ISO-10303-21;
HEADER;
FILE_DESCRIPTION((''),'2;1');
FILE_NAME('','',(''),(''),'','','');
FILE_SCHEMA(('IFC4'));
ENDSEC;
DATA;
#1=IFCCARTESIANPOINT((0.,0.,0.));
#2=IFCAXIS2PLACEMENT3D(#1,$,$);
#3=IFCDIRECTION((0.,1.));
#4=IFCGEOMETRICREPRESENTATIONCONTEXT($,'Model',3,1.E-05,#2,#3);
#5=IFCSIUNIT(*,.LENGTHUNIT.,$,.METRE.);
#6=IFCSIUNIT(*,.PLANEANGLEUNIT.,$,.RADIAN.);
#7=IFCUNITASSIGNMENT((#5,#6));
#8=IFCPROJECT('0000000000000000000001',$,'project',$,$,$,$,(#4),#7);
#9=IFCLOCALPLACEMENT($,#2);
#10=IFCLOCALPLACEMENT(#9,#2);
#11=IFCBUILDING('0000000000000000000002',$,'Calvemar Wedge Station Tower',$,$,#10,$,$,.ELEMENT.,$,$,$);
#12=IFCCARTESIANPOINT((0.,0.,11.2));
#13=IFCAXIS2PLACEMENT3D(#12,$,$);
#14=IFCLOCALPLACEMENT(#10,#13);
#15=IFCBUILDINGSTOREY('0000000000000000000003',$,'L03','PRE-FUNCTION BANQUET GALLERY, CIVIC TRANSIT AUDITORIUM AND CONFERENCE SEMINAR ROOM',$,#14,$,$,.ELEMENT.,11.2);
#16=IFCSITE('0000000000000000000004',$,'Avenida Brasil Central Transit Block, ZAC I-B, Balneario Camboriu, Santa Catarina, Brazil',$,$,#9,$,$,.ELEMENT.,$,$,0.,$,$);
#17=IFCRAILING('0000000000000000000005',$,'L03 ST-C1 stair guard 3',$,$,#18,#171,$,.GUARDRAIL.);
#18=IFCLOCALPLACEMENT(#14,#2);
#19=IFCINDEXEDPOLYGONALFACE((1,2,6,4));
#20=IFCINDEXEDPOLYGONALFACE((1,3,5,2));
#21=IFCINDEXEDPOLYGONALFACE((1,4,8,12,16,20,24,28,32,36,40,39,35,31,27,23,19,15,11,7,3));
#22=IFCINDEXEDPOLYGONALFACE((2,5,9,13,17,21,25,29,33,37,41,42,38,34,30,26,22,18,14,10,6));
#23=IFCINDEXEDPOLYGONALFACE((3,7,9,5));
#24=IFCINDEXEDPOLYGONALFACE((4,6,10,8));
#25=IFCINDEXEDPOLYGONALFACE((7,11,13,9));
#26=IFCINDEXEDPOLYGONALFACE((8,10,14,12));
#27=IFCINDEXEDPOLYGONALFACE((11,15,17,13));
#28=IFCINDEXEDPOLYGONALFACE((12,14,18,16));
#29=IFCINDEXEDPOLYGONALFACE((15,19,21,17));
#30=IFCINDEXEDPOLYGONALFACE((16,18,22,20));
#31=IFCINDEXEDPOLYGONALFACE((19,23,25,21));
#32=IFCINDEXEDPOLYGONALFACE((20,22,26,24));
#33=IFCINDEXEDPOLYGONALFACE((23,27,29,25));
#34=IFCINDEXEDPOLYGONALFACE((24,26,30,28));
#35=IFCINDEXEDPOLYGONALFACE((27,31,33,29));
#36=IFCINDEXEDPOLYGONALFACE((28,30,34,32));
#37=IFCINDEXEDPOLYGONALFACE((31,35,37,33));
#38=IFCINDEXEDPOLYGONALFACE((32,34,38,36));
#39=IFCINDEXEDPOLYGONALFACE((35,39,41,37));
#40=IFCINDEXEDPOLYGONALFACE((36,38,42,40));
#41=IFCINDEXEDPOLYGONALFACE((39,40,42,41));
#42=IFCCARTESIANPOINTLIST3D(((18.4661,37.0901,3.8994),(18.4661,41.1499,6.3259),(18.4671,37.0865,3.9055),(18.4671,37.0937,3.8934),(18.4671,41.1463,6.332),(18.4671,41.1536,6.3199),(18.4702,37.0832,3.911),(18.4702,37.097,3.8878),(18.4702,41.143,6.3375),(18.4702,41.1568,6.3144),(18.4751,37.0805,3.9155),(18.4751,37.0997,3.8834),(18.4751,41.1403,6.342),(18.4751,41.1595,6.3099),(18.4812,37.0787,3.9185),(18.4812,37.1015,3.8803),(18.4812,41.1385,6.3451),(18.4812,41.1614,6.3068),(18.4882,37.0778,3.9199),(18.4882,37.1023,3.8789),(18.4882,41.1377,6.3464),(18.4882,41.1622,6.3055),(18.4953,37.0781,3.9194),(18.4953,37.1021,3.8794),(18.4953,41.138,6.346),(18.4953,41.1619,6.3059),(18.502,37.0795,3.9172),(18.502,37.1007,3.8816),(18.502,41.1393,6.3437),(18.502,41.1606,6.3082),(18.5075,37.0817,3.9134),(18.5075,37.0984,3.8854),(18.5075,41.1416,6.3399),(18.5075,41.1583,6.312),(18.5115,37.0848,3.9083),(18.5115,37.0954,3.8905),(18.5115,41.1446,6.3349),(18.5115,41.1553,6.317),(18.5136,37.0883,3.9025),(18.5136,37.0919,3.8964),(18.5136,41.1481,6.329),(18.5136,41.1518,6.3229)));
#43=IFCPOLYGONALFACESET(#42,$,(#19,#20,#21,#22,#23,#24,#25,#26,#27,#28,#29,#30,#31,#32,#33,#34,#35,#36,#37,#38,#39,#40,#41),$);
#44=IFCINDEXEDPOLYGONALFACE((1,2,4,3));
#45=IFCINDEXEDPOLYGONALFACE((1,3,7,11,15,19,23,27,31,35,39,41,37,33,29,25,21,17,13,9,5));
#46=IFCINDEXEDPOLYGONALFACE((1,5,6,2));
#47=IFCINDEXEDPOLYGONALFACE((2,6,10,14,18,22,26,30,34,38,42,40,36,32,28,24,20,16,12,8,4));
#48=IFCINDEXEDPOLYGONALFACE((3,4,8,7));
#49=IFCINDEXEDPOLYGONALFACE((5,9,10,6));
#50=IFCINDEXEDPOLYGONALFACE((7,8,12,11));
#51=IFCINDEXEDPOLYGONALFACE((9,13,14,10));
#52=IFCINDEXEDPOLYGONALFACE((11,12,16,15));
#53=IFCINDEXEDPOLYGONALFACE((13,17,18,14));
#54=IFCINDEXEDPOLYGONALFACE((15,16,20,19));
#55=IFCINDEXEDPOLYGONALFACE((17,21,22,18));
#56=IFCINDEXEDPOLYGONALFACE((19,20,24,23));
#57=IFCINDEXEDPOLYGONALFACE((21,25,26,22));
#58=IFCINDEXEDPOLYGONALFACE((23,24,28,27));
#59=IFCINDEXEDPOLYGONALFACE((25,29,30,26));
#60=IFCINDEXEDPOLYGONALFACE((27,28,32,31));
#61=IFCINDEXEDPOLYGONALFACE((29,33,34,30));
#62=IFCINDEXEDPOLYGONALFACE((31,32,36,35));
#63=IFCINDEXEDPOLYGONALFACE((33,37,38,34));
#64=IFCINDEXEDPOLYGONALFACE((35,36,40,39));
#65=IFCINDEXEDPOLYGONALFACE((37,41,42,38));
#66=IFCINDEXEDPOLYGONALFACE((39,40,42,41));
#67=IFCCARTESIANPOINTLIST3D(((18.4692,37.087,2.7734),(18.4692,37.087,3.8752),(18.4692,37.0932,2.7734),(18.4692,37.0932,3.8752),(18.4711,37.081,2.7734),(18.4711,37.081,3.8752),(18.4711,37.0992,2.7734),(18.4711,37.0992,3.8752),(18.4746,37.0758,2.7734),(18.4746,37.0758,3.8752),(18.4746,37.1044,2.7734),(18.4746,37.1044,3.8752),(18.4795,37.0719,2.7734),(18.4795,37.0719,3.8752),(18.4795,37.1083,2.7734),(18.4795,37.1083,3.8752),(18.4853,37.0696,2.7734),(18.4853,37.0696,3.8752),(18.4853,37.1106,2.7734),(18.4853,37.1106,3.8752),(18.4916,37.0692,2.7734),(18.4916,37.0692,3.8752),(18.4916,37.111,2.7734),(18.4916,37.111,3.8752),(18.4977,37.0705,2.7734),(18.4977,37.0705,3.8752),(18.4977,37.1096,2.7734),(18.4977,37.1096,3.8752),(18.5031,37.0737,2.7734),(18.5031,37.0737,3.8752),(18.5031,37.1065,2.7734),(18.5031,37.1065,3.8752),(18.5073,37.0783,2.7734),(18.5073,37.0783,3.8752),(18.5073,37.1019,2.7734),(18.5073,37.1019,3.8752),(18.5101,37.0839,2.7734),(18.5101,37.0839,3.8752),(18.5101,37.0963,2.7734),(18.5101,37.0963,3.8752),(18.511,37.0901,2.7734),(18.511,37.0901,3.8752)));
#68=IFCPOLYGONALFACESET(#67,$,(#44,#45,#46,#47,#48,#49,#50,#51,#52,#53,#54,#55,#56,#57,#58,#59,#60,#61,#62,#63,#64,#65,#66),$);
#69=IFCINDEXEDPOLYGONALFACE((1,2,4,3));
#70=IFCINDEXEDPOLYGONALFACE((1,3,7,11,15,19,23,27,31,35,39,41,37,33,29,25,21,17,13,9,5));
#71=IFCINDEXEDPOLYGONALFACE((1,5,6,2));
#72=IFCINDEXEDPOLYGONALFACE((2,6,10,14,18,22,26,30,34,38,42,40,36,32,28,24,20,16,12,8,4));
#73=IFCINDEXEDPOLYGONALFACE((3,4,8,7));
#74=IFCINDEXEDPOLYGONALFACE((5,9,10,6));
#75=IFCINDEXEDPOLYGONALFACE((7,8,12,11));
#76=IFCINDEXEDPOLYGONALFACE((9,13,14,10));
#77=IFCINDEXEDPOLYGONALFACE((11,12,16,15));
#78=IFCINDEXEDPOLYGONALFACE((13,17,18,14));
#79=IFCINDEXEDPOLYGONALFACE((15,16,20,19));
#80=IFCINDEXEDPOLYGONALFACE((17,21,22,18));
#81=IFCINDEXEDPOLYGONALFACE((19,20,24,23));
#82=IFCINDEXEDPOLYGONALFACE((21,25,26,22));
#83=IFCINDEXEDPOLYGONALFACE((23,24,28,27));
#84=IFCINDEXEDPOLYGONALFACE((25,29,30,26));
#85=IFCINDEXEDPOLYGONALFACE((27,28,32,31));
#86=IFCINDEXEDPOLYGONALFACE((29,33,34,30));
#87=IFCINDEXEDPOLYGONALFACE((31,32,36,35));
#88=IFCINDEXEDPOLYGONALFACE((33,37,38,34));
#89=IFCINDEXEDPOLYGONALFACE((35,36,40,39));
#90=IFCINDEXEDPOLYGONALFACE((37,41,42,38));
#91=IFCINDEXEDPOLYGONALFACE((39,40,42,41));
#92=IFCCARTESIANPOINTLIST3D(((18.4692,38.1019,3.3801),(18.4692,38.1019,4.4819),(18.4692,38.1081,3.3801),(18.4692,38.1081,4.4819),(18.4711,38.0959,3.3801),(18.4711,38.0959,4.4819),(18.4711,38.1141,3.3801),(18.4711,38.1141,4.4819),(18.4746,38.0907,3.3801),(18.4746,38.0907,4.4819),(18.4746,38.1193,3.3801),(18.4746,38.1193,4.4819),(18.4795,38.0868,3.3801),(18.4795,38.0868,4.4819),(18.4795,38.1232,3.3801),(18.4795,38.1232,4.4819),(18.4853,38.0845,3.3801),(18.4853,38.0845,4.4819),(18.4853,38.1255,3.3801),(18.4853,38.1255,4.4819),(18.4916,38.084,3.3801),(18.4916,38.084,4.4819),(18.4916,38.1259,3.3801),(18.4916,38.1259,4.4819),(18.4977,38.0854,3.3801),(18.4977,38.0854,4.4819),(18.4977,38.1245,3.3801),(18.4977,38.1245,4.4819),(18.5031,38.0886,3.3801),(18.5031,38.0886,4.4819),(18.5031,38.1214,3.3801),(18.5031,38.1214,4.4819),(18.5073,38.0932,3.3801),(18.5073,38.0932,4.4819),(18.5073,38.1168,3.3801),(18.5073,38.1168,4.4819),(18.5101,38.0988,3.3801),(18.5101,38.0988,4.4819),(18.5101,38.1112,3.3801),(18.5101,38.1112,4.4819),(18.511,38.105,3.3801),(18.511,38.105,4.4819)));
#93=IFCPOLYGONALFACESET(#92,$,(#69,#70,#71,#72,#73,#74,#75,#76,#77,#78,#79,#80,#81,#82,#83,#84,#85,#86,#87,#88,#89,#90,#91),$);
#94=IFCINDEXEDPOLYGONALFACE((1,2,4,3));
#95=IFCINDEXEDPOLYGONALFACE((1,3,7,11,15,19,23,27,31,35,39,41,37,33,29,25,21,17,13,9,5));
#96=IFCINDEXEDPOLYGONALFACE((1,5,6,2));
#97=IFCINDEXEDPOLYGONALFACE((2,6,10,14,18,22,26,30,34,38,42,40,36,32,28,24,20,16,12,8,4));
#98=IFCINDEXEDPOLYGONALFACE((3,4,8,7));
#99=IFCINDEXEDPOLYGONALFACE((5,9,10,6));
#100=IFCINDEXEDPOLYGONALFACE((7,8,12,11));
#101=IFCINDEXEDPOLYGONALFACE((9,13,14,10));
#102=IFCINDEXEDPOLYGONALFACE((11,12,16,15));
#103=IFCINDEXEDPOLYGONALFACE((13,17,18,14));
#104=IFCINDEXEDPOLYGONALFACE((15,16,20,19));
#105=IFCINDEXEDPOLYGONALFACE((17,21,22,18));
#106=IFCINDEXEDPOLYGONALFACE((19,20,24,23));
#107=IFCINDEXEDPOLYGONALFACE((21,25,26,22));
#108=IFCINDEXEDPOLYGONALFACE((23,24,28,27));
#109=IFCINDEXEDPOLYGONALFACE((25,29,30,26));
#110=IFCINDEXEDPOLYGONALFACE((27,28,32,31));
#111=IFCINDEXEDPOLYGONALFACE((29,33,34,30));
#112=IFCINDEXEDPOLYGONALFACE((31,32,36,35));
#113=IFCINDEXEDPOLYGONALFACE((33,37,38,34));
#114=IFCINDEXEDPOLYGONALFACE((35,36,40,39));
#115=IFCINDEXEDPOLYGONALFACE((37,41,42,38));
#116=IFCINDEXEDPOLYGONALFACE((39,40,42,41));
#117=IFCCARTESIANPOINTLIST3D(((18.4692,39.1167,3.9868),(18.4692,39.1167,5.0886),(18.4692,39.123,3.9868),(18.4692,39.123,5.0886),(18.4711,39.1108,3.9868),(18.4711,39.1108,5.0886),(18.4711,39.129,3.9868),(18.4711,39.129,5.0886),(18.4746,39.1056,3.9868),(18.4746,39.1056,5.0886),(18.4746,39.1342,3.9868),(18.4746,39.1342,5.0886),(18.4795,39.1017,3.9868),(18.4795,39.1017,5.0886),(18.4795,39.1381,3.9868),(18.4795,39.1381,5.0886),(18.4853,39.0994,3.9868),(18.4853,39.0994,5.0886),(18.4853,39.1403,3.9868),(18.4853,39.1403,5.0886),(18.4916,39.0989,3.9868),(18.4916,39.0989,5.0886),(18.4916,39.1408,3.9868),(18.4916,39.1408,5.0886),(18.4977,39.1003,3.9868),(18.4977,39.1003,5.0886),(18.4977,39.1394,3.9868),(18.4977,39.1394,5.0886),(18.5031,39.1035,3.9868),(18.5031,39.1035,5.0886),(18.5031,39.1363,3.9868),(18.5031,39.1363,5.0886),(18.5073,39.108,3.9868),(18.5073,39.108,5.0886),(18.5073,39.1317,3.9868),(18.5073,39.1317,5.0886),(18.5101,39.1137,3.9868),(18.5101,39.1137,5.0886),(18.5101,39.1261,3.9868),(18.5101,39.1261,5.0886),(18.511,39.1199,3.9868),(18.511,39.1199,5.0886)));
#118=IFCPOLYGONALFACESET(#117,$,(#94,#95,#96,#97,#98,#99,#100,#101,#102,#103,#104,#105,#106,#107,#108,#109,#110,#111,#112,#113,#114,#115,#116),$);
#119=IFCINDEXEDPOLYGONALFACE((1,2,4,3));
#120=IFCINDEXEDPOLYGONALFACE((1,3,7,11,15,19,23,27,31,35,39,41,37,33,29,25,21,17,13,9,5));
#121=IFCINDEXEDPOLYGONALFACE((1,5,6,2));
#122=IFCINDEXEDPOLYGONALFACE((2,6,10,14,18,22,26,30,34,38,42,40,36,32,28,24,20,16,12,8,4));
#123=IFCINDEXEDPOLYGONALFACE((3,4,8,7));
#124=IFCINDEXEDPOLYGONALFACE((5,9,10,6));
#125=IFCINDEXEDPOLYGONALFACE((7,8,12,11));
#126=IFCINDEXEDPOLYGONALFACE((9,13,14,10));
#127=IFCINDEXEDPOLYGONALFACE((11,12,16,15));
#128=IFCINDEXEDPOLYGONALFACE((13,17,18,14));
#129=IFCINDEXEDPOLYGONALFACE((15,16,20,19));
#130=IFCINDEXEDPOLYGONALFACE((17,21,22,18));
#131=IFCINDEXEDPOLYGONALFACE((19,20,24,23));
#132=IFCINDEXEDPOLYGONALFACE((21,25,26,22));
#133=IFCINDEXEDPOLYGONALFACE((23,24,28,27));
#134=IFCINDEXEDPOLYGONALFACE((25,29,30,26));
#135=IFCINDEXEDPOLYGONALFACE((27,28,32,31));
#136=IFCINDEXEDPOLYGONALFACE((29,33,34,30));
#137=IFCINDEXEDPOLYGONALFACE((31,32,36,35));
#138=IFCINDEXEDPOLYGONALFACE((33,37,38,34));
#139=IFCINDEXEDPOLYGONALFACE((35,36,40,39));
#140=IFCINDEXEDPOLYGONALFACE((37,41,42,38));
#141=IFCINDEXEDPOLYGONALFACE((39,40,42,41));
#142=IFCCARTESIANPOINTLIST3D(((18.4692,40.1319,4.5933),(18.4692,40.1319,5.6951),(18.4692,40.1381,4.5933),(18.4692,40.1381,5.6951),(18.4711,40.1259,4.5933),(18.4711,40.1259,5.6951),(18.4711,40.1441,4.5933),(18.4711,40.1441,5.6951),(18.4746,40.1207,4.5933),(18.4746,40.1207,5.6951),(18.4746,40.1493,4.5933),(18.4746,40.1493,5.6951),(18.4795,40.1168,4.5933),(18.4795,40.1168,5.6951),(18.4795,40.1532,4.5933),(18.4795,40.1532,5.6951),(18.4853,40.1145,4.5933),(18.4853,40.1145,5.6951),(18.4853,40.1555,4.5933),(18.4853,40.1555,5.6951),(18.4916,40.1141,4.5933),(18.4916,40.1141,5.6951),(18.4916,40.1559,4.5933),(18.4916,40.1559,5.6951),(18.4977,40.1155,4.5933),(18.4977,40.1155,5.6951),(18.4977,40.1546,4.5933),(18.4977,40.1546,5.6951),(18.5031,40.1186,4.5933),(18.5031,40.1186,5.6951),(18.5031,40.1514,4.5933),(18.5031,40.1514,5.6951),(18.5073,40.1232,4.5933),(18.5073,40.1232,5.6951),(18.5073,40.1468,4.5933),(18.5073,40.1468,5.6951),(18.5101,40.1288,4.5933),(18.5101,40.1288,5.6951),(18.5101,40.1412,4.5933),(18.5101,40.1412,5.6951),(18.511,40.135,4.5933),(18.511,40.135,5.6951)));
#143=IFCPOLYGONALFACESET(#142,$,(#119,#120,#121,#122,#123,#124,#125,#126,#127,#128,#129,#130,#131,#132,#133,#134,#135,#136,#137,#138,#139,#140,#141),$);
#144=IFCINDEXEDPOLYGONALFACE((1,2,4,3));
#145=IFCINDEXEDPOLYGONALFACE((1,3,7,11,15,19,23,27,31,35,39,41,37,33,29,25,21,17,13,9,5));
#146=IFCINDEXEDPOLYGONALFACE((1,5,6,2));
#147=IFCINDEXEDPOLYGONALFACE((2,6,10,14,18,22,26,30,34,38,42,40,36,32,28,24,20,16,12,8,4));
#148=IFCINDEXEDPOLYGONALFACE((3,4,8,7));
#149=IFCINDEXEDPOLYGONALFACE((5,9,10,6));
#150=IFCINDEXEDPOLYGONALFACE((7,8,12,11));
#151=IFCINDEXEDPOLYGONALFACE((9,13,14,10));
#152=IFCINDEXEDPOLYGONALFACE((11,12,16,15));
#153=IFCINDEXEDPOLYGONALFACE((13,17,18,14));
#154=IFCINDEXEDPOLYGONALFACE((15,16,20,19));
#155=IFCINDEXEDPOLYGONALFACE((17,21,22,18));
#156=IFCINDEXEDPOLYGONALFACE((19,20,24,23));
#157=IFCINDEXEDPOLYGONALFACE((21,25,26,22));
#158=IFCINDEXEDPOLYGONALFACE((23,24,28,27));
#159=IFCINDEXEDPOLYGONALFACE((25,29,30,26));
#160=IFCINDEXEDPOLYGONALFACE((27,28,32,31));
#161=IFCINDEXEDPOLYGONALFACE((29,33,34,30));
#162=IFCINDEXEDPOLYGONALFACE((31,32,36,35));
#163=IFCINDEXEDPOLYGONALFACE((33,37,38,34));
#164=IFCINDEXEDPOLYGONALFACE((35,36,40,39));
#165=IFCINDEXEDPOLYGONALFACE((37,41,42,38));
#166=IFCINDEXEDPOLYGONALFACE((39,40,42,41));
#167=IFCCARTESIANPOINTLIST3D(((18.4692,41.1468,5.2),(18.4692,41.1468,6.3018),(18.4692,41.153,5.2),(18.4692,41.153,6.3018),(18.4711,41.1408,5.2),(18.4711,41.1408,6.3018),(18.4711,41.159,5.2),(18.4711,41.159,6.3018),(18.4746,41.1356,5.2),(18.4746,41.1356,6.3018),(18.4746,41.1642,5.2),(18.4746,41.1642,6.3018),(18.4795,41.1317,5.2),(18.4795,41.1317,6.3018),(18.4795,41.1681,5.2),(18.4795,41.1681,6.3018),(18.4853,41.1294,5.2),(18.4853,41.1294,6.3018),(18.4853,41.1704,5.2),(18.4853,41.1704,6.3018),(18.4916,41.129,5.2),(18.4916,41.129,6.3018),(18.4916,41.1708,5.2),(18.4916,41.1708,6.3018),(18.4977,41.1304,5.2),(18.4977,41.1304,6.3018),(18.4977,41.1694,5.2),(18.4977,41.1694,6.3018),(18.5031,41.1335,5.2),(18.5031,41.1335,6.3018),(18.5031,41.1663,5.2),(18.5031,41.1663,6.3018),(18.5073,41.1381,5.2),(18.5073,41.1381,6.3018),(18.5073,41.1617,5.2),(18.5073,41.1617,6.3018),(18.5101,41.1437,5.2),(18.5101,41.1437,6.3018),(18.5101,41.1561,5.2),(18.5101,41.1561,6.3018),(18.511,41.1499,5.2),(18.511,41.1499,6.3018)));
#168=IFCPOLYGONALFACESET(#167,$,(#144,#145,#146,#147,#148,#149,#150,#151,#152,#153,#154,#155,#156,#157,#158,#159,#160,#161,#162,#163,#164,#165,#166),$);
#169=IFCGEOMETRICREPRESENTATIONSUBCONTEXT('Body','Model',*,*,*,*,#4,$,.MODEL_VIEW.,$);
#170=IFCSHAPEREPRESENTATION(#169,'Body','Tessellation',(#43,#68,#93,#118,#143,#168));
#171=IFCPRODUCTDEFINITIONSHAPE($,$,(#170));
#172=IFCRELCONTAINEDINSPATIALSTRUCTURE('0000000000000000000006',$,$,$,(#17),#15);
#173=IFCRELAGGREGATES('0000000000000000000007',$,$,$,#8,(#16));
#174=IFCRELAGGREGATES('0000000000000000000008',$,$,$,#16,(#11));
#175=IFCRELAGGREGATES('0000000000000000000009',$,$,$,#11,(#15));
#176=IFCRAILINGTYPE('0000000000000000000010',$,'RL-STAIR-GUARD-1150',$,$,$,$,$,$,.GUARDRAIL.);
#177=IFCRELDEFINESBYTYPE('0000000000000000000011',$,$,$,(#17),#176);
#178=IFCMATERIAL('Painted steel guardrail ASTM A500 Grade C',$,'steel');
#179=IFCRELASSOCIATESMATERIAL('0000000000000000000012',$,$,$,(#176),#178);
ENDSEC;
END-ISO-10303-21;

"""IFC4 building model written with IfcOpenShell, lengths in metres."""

from ifc_helpers import new_model, si_unit, direction, frame, origin, origin_2d, place, context, subcontext, project, spatial, circle, extrude, material, type_object, element, save


model = new_model("IFC4")

# Units and contexts
model_context = context("Model", 3, precision=1e-05, world=origin(), true_north=direction((0.0, 1.0)))
body_context = subcontext(model_context, "Body", "Model", "MODEL_VIEW")
ifc_project = project(units=[si_unit("LENGTHUNIT", "METRE"), si_unit("PLANEANGLEUNIT", "RADIAN")], contexts=[model_context])

# Site, building, storey
site_placement = place(None, origin())
site = spatial("IfcSite", under=ifc_project, at=site_placement, Name="Avenida Brasil Central Transit Block, ZAC I-B, Balneario Camboriu, Santa Catarina, Brazil", CompositionType="ELEMENT", RefElevation=0.0)
building_placement = place(site_placement, origin())
building = spatial("IfcBuilding", under=site, at=building_placement, Name="Calvemar Wedge Station Tower", CompositionType="ELEMENT")
storey_placement = place(building_placement, frame((0.0, 0.0, 11.2)))
storey = spatial("IfcBuildingStorey", under=building, at=storey_placement, Name="L03", Description="PRE-FUNCTION BANQUET GALLERY, CIVIC TRANSIT AUDITORIUM AND CONFERENCE SEMINAR ROOM", CompositionType="ELEMENT", Elevation=11.2)

# Railing
ifc_material_1 = material(Name="Painted steel guardrail ASTM A500 Grade C", Category="steel")
railing_type_1 = type_object("IfcRailingType", Name="RL-STAIR-GUARD-1150", PredefinedType="GUARDRAIL", material=ifc_material_1)
railing_1_placement = place(storey_placement, frame((18.49, 37.0901, 2.7734)))
element("IfcRailing", 1, at=railing_1_placement, inside=storey, type_object=railing_type_1, Name="L03 ST-C1 stair guard 3", PredefinedType="GUARDRAIL", context=body_context, shape_type="SweptSolid", body=[
    extrude(circle(Radius=0.0239, at=origin_2d()), frame((0.0, 0.0, 1.126), z_axis=(0.0, 0.858366, 0.513038), x_axis=(-1.0, 0.0, 0.0)), (0.0, 0.0, 1.0), 4.7297),
    extrude(circle(Radius=0.021, at=origin_2d()), origin(), (0.0, 0.0, 1.0), 1.1018),
    extrude(circle(Radius=0.021, at=origin_2d()), frame((0.0, 1.0149, 0.6067)), (0.0, 0.0, 1.0), 1.1018),
    extrude(circle(Radius=0.021, at=origin_2d()), frame((0.0, 2.0298, 1.2134)), (0.0, 0.0, 1.0), 1.1018),
    extrude(circle(Radius=0.021, at=origin_2d()), frame((0.0, 3.0449, 1.8198)), (0.0, 0.0, 1.0), 1.1018),
    extrude(circle(Radius=0.021, at=origin_2d()), frame((0.0, 4.0598, 2.4265)), (0.0, 0.0, 1.0), 1.1018),
])

save(model, "model.ifc")
